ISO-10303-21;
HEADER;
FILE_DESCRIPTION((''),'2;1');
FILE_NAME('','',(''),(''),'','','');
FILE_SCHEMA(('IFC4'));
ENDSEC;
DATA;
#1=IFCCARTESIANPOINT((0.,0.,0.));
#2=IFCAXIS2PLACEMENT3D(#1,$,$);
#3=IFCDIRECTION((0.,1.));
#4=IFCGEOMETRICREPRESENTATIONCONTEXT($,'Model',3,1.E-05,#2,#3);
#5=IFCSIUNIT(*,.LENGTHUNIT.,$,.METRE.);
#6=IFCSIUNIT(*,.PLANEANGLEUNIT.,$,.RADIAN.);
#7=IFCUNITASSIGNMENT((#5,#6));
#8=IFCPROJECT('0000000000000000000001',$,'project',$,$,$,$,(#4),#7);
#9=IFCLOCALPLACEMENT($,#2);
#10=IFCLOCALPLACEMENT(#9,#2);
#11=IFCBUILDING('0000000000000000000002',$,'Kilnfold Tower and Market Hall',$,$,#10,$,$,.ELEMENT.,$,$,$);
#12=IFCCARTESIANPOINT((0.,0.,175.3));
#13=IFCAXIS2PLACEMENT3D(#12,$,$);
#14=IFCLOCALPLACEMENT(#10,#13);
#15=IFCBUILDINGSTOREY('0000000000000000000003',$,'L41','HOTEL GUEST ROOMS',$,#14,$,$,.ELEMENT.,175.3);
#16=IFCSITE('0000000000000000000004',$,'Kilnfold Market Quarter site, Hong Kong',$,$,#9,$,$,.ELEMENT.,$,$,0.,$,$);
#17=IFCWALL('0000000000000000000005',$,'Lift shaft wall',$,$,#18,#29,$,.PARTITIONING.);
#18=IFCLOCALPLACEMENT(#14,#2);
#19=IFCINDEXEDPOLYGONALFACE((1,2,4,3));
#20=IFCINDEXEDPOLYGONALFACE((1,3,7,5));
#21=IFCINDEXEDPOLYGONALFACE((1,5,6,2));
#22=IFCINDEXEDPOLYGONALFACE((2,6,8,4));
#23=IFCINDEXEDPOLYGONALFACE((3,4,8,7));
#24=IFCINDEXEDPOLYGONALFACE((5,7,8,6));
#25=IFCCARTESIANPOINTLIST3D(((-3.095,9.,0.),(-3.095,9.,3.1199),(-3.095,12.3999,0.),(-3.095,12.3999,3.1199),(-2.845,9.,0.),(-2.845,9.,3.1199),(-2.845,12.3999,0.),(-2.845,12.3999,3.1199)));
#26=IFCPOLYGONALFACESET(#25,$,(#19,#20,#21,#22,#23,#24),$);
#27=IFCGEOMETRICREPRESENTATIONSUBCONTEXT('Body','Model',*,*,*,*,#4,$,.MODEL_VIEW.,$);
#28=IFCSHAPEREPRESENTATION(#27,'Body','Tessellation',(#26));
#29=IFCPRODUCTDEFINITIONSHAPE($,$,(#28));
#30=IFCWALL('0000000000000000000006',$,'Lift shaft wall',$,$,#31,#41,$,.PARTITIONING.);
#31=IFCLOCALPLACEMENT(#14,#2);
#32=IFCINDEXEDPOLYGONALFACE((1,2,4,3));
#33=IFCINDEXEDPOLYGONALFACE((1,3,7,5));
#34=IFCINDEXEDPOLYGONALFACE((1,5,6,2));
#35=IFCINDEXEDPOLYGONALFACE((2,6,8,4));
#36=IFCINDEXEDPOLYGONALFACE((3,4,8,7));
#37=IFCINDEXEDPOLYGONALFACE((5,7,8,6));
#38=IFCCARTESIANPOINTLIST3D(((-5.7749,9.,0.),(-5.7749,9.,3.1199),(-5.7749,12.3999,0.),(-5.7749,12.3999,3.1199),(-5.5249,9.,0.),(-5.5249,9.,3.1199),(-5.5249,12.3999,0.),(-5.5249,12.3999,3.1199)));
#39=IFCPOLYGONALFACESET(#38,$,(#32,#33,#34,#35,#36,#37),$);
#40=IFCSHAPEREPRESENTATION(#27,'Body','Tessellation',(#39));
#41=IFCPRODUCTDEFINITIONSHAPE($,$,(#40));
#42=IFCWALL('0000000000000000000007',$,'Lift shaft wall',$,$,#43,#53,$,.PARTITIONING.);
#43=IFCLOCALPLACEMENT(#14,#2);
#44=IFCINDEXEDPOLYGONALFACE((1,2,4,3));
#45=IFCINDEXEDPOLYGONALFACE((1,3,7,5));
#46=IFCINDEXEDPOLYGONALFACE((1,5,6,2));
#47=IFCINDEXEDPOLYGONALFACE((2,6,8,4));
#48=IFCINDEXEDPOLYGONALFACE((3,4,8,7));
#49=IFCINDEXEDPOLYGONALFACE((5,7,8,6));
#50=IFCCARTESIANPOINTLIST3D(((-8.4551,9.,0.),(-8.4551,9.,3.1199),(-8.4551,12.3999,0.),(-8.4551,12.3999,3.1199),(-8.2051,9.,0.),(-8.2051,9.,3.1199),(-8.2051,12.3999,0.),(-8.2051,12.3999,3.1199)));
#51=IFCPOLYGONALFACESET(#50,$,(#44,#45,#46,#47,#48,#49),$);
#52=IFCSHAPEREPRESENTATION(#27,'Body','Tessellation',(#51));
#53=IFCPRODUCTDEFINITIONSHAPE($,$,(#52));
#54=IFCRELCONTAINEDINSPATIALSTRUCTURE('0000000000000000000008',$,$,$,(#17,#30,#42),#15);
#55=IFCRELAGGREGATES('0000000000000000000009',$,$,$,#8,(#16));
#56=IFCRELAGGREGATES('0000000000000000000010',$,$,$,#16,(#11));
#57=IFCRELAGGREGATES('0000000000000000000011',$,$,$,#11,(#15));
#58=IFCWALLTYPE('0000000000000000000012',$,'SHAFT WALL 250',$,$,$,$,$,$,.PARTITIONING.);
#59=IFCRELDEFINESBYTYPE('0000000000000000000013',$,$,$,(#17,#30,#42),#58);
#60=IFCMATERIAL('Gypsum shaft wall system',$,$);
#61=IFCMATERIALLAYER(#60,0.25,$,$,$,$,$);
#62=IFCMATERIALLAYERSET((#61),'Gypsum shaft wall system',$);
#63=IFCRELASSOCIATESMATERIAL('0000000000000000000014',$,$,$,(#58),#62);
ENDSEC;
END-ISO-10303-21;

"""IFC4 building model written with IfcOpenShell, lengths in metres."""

from ifc_helpers import new_model, si_unit, direction, frame, frame_2d, origin, place, context, subcontext, project, spatial, rectangle, extrude, source, transform, mapped, material, layer, layer_set, type_object, element, save


model = new_model("IFC4")

# Units and contexts
model_context = context("Model", 3, precision=1e-05, world=origin(), true_north=direction((0.0, 1.0)))
body_context = subcontext(model_context, "Body", "Model", "MODEL_VIEW")
ifc_project = project(units=[si_unit("LENGTHUNIT", "METRE"), si_unit("PLANEANGLEUNIT", "RADIAN")], contexts=[model_context])

# Site, building, storey
site_placement = place(None, origin())
site = spatial("IfcSite", under=ifc_project, at=site_placement, Name="Kilnfold Market Quarter site, Hong Kong", CompositionType="ELEMENT", RefElevation=0.0)
building_placement = place(site_placement, origin())
building = spatial("IfcBuilding", under=site, at=building_placement, Name="Kilnfold Tower and Market Hall", CompositionType="ELEMENT")
storey_placement = place(building_placement, frame((0.0, 0.0, 175.3)))
storey = spatial("IfcBuildingStorey", under=building, at=storey_placement, Name="L41", Description="HOTEL GUEST ROOMS", CompositionType="ELEMENT", Elevation=175.3)

# Walls
ifc_material_1 = material(Name="Gypsum shaft wall system")
ifc_layer_1 = layer(ifc_material_1, 0.25)
ifc_layer_set_1 = layer_set([ifc_layer_1], Name="Gypsum shaft wall system")
wall_type_1 = type_object("IfcWallType", Name="SHAFT WALL 250", PredefinedType="PARTITIONING", material=ifc_layer_set_1)
shared_shape_1 = source(origin(), body_context, "Body", "SweptSolid", [
    extrude(rectangle(XDim=3.3999, YDim=0.25, at=frame_2d((1.7, 0.0))), origin(), (0.0, 0.0, 1.0), 3.1199),
])
for number, where, z_axis, x_axis, name in (
    (1, (-2.97, 9.0, 0.0), (0.0, 0.0, 1.0), (0.0, 1.0, 0.0), "Lift shaft wall"),
    (2, (-5.6499, 9.0, 0.0), (0.0, 0.0, 1.0), (0.0, 1.0, 0.0), "Lift shaft wall"),
    (3, (-8.3301, 9.0, 0.0), (0.0, 0.0, 1.0), (0.0, 1.0, 0.0), "Lift shaft wall"),
):
    element("IfcWall", number, at=place(storey_placement, frame(where, z_axis=z_axis, x_axis=x_axis)), inside=storey, type_object=wall_type_1, Name=name, PredefinedType="PARTITIONING", context=body_context, shape_type="MappedRepresentation", body=[
        mapped(shared_shape_1, transform((0.0, 0.0, 0.0))),
    ])

save(model, "model.ifc")
